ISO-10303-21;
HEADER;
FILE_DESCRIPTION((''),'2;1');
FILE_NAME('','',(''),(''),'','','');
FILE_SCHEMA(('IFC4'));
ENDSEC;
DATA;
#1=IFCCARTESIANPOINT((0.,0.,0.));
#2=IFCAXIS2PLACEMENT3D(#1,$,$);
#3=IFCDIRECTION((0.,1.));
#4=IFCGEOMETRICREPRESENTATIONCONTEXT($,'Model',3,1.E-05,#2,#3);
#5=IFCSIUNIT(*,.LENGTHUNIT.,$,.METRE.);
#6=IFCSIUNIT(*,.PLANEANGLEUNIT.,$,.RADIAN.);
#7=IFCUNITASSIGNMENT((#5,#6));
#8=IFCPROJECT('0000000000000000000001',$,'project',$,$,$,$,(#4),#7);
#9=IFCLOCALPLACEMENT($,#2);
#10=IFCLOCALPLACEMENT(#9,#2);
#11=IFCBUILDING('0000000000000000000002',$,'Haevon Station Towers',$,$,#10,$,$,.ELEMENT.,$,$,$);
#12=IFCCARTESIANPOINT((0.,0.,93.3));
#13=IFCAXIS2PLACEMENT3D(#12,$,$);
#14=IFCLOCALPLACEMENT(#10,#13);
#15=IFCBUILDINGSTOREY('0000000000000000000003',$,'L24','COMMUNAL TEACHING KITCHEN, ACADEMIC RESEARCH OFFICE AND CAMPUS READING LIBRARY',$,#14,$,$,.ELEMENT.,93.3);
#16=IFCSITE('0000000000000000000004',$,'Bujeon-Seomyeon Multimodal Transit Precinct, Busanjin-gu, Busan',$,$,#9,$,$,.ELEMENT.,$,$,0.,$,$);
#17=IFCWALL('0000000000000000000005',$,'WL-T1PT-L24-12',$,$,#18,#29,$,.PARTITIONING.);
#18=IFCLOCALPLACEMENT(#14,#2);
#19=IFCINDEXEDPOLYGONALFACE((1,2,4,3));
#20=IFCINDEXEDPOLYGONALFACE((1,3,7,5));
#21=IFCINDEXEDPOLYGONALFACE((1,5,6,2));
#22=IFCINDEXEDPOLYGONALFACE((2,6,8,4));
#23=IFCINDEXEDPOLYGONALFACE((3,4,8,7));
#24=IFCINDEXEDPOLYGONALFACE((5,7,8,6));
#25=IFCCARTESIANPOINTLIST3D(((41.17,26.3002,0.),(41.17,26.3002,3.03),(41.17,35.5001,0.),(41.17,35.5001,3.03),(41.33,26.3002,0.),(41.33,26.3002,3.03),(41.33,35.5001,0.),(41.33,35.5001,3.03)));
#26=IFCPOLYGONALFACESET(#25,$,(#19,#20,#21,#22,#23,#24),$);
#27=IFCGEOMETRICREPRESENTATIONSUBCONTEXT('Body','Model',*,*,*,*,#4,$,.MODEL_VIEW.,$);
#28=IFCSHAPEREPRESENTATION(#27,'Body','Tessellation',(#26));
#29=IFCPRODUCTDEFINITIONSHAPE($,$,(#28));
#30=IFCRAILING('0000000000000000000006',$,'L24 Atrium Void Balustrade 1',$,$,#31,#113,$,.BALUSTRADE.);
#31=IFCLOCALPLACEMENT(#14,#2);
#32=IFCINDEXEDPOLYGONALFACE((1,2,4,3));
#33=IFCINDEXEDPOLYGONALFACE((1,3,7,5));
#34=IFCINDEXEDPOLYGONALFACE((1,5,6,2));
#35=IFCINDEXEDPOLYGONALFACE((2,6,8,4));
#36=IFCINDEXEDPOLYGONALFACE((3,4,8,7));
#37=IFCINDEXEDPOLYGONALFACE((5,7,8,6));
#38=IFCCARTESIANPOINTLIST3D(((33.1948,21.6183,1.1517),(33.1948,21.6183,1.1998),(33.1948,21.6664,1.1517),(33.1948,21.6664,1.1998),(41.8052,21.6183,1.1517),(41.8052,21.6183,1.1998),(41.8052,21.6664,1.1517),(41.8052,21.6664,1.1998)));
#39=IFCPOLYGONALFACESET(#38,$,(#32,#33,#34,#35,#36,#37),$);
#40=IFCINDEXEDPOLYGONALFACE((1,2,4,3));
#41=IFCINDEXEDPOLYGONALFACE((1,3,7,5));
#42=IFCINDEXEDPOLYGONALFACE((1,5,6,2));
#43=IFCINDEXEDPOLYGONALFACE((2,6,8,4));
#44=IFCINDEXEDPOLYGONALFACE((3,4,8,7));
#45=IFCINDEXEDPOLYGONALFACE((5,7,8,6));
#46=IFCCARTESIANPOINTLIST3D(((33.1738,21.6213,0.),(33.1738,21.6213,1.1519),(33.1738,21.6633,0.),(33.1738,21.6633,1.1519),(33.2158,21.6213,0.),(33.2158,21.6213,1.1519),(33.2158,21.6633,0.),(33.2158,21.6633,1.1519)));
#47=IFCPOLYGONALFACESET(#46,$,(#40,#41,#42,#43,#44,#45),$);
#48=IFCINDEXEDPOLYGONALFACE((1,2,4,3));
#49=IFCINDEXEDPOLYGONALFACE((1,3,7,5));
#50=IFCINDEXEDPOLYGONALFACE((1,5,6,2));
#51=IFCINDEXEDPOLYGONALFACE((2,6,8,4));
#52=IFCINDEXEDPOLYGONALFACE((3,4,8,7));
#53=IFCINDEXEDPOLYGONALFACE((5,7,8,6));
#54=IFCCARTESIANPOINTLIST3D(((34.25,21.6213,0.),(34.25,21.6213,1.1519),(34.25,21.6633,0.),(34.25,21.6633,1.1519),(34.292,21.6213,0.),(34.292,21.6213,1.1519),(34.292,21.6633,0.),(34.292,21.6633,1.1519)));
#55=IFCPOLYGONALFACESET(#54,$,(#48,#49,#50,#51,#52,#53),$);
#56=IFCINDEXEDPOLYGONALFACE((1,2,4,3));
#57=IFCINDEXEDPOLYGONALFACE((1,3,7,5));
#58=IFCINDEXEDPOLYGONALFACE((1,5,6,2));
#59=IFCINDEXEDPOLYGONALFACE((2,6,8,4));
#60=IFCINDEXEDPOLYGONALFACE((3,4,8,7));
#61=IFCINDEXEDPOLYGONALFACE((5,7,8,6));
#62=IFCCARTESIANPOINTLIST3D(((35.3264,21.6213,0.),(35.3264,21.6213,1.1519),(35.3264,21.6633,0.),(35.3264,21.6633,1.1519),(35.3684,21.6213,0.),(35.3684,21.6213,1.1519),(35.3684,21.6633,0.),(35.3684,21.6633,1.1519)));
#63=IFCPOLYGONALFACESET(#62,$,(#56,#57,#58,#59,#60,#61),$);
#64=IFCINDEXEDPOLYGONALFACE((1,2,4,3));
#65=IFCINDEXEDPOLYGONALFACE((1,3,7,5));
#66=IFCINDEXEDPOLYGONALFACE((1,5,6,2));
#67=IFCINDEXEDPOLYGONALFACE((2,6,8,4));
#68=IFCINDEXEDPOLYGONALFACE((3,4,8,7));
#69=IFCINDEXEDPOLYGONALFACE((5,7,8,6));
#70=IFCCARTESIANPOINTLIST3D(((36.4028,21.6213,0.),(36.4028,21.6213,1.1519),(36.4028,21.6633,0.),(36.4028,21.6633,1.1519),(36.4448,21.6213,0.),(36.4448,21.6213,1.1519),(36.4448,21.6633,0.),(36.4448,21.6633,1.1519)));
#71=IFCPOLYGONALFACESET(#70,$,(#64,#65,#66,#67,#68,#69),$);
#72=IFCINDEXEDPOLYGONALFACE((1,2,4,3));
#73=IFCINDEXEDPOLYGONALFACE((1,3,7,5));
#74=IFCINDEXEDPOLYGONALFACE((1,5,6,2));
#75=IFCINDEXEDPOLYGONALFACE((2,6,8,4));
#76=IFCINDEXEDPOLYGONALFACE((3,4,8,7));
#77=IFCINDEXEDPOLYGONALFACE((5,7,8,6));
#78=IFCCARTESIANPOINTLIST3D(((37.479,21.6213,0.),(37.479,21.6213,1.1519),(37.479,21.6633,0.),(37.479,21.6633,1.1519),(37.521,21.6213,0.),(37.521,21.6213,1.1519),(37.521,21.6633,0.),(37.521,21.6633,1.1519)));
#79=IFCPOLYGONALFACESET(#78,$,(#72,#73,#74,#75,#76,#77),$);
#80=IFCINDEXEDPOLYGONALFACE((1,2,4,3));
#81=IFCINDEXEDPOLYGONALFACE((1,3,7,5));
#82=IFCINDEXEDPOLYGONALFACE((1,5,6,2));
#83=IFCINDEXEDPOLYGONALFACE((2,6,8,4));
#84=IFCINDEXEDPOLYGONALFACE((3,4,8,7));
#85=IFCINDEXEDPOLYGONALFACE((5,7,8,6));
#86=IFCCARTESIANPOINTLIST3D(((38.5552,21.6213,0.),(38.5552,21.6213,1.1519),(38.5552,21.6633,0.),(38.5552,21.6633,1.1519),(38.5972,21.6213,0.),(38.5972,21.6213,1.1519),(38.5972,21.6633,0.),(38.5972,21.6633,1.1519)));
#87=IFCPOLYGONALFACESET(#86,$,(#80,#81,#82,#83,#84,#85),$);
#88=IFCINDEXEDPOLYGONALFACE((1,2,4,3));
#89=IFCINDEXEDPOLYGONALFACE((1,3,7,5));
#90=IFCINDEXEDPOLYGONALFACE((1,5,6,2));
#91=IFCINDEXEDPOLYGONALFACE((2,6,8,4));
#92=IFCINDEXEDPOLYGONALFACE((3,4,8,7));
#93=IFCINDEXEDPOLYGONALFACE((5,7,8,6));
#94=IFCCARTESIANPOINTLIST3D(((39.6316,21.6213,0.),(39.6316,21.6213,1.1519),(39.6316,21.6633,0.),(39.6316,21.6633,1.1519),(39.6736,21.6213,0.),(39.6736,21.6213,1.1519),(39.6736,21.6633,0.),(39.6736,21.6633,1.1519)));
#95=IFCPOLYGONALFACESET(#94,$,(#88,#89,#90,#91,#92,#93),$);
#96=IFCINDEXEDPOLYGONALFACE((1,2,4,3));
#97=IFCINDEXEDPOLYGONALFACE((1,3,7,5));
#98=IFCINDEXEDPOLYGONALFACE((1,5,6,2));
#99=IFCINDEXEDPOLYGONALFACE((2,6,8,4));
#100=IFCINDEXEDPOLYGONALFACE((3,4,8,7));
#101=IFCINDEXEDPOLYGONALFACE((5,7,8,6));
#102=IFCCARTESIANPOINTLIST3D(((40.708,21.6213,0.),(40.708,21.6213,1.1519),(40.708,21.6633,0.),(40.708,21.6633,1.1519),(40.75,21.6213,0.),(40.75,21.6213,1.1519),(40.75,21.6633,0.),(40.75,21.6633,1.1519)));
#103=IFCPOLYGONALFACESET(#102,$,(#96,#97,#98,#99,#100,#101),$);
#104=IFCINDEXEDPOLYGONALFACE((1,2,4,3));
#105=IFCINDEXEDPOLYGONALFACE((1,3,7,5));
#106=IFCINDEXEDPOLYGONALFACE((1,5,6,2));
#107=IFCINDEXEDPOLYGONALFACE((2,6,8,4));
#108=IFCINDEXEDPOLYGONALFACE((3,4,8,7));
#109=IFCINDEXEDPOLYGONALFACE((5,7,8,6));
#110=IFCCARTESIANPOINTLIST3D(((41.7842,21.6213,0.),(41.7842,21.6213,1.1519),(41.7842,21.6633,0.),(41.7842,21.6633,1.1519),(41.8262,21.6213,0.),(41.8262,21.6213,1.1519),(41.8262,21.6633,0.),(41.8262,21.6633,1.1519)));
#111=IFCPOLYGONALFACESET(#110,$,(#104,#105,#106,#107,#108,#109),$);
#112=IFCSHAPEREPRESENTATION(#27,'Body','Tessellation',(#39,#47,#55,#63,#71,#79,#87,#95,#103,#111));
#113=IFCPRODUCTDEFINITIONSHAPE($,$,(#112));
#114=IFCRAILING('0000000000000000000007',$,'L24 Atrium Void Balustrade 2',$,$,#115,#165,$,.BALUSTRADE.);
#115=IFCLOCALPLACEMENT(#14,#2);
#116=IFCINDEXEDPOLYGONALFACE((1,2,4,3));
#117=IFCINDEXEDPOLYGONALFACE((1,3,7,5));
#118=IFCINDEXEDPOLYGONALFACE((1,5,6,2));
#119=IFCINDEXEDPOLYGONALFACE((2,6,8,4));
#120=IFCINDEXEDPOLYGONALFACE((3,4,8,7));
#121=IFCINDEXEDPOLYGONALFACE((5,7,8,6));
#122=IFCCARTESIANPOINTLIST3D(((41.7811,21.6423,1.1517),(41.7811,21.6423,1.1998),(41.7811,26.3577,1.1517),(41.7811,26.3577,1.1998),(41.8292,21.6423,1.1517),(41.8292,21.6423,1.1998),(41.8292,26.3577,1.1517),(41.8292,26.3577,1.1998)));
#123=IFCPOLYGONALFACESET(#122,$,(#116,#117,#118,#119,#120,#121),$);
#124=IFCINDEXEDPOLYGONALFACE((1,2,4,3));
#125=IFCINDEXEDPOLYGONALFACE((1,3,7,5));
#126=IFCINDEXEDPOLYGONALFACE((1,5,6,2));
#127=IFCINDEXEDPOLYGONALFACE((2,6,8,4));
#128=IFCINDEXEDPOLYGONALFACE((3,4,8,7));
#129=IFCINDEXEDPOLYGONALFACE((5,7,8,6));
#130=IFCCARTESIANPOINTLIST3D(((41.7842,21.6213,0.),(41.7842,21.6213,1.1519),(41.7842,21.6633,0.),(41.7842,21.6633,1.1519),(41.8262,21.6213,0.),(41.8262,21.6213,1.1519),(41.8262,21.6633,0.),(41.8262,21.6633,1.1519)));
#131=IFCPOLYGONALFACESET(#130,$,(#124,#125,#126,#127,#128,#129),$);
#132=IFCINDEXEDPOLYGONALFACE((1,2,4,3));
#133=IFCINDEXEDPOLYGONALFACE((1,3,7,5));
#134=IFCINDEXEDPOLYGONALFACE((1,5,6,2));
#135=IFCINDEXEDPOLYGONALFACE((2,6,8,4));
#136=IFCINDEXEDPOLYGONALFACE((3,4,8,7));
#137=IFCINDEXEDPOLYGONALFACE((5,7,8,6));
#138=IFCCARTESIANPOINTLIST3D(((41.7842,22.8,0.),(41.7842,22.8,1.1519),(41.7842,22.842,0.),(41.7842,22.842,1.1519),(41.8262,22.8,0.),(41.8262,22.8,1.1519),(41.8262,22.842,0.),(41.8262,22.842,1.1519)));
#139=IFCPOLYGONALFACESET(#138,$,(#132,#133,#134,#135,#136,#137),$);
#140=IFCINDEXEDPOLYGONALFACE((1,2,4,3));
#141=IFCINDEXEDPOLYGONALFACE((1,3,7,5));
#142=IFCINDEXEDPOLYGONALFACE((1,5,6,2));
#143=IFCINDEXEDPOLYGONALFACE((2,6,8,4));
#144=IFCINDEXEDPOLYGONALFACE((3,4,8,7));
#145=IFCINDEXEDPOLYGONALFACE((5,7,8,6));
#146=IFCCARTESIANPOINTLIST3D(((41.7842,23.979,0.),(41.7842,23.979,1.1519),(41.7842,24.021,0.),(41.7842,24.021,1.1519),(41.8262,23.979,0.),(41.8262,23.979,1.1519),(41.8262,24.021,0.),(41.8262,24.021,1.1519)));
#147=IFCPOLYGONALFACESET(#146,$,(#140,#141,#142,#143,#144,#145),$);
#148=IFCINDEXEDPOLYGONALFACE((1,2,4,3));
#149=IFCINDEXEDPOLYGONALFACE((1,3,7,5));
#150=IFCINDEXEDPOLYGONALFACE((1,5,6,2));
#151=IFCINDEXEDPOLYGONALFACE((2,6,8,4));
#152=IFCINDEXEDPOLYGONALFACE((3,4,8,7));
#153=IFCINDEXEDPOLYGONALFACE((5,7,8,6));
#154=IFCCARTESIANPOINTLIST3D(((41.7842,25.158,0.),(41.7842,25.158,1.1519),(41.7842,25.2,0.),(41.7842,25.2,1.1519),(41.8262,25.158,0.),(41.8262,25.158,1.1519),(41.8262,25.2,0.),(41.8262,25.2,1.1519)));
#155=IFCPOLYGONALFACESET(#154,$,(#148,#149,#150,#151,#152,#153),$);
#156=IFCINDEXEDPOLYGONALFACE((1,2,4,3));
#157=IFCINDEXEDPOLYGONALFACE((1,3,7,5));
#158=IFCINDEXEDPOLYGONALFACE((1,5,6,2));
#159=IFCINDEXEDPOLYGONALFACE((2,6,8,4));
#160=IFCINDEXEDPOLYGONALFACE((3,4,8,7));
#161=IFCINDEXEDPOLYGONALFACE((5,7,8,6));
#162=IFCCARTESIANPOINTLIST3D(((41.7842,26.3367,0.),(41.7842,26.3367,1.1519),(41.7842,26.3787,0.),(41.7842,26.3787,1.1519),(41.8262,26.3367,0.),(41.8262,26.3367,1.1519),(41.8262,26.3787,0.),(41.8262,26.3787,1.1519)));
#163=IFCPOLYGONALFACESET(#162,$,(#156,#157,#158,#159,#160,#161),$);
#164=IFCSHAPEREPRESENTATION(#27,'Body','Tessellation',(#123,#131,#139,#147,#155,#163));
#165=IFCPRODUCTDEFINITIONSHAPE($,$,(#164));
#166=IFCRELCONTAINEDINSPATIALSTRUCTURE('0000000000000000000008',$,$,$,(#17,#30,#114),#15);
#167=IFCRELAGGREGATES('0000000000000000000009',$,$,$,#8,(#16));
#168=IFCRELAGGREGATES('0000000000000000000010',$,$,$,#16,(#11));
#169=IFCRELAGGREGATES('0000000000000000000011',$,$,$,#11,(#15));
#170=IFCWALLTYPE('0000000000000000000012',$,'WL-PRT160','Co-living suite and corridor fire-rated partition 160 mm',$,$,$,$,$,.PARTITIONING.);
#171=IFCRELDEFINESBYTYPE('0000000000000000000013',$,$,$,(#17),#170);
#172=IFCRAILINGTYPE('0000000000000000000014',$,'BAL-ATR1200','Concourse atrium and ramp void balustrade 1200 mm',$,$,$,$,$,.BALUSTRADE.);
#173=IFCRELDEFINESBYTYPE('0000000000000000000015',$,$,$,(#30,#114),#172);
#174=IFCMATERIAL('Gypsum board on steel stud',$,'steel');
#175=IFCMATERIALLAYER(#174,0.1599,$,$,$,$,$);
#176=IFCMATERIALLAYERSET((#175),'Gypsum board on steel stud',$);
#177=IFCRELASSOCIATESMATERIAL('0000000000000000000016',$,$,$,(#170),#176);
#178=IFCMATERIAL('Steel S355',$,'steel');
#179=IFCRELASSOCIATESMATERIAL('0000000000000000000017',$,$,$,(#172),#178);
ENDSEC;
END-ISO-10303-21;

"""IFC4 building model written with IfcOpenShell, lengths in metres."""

from ifc_helpers import new_model, si_unit, direction, frame, frame_2d, origin, origin_2d, place, context, subcontext, project, spatial, rectangle, extrude, material, layer, layer_set, type_object, element, save


model = new_model("IFC4")

# Units and contexts
model_context = context("Model", 3, precision=1e-05, world=origin(), true_north=direction((0.0, 1.0)))
body_context = subcontext(model_context, "Body", "Model", "MODEL_VIEW")
ifc_project = project(units=[si_unit("LENGTHUNIT", "METRE"), si_unit("PLANEANGLEUNIT", "RADIAN")], contexts=[model_context])

# Site, building, storey
site_placement = place(None, origin())
site = spatial("IfcSite", under=ifc_project, at=site_placement, Name="Bujeon-Seomyeon Multimodal Transit Precinct, Busanjin-gu, Busan", CompositionType="ELEMENT", RefElevation=0.0)
building_placement = place(site_placement, origin())
building = spatial("IfcBuilding", under=site, at=building_placement, Name="Haevon Station Towers", CompositionType="ELEMENT")
storey_placement = place(building_placement, frame((0.0, 0.0, 93.3)))
storey = spatial("IfcBuildingStorey", under=building, at=storey_placement, Name="L24", Description="COMMUNAL TEACHING KITCHEN, ACADEMIC RESEARCH OFFICE AND CAMPUS READING LIBRARY", CompositionType="ELEMENT", Elevation=93.3)

# Shared definitions
ifc_material_1 = material(Name="Steel S355", Category="steel")

# Wall
ifc_material_2 = material(Name="Gypsum board on steel stud", Category="steel")
ifc_layer_1 = layer(ifc_material_2, 0.1599)
ifc_layer_set_1 = layer_set([ifc_layer_1], Name="Gypsum board on steel stud")
wall_type = type_object("IfcWallType", Name="WL-PRT160", Description="Co-living suite and corridor fire-rated partition 160 mm", PredefinedType="PARTITIONING", material=ifc_layer_set_1)
for number, where, z_axis, x_axis, name in (
    (1, (41.25, 26.3, 0.0), (0.0, 0.0, 1.0), (0.0, 1.0, 0.0), "WL-T1PT-L24-12"),
):
    element("IfcWall", number, at=place(storey_placement, frame(where, z_axis=z_axis, x_axis=x_axis)), inside=storey, type_object=wall_type, Name=name, PredefinedType="PARTITIONING", context=body_context, shape_type="SweptSolid", body=[
        extrude(rectangle(XDim=9.2, YDim=0.1599, at=frame_2d((4.6001, 0.0))), origin(), (0.0, 0.0, 1.0), 3.03),
    ])

# Railings
railing_type = type_object("IfcRailingType", Name="BAL-ATR1200", Description="Concourse atrium and ramp void balustrade 1200 mm", PredefinedType="BALUSTRADE", material=ifc_material_1)
railing_1_placement = place(storey_placement, frame((33.1948, 21.6423, 0.0)))
element("IfcRailing", 2, at=railing_1_placement, inside=storey, type_object=railing_type, Name="L24 Atrium Void Balustrade 1", PredefinedType="BALUSTRADE", context=body_context, shape_type="SweptSolid", body=[
    extrude(rectangle(XDim=0.0481, YDim=0.0481, at=origin_2d()), frame((0.0, 0.0, 1.1758), z_axis=(1.0, 0.0, 0.0), x_axis=(0.0, 1.0, 0.0)), (0.0, 0.0, 1.0), 8.6104),
    extrude(rectangle(XDim=0.042, YDim=0.042, at=origin_2d()), origin(), (0.0, 0.0, 1.0), 1.1519),
    extrude(rectangle(XDim=0.042, YDim=0.042, at=origin_2d()), frame((1.0762, 0.0, 0.0)), (0.0, 0.0, 1.0), 1.1519),
    extrude(rectangle(XDim=0.042, YDim=0.042, at=origin_2d()), frame((2.1526, 0.0, 0.0)), (0.0, 0.0, 1.0), 1.1519),
    extrude(rectangle(XDim=0.042, YDim=0.042, at=origin_2d()), frame((3.229, 0.0, 0.0)), (0.0, 0.0, 1.0), 1.1519),
    extrude(rectangle(XDim=0.042, YDim=0.042, at=origin_2d()), frame((4.3052, 0.0, 0.0)), (0.0, 0.0, 1.0), 1.1519),
    extrude(rectangle(XDim=0.042, YDim=0.042, at=origin_2d()), frame((5.3813, 0.0, 0.0)), (0.0, 0.0, 1.0), 1.1519),
    extrude(rectangle(XDim=0.042, YDim=0.042, at=origin_2d()), frame((6.4578, 0.0, 0.0)), (0.0, 0.0, 1.0), 1.1519),
    extrude(rectangle(XDim=0.042, YDim=0.042, at=origin_2d()), frame((7.5342, 0.0, 0.0)), (0.0, 0.0, 1.0), 1.1519),
    extrude(rectangle(XDim=0.042, YDim=0.042, at=origin_2d()), frame((8.6104, 0.0, 0.0)), (0.0, 0.0, 1.0), 1.1519),
])
railing_2_placement = place(storey_placement, frame((41.8052, 21.6423, 0.0)))
element("IfcRailing", 3, at=railing_2_placement, inside=storey, type_object=railing_type, Name="L24 Atrium Void Balustrade 2", PredefinedType="BALUSTRADE", context=body_context, shape_type="SweptSolid", body=[
    extrude(rectangle(XDim=0.0481, YDim=0.0481, at=origin_2d()), frame((0.0, 0.0, 1.1758), z_axis=(0.0, 1.0, 0.0), x_axis=(-1.0, 0.0, 0.0)), (0.0, 0.0, 1.0), 4.7153),
    extrude(rectangle(XDim=0.042, YDim=0.042, at=origin_2d()), origin(), (0.0, 0.0, 1.0), 1.1519),
    extrude(rectangle(XDim=0.042, YDim=0.042, at=origin_2d()), frame((0.0, 1.1787, 0.0)), (0.0, 0.0, 1.0), 1.1519),
    extrude(rectangle(XDim=0.042, YDim=0.042, at=origin_2d()), frame((0.0, 2.3577, 0.0)), (0.0, 0.0, 1.0), 1.1519),
    extrude(rectangle(XDim=0.042, YDim=0.042, at=origin_2d()), frame((0.0, 3.5366, 0.0)), (0.0, 0.0, 1.0), 1.1519),
    extrude(rectangle(XDim=0.042, YDim=0.042, at=origin_2d()), frame((0.0, 4.7153, 0.0)), (0.0, 0.0, 1.0), 1.1519),
])

save(model, "model.ifc")
